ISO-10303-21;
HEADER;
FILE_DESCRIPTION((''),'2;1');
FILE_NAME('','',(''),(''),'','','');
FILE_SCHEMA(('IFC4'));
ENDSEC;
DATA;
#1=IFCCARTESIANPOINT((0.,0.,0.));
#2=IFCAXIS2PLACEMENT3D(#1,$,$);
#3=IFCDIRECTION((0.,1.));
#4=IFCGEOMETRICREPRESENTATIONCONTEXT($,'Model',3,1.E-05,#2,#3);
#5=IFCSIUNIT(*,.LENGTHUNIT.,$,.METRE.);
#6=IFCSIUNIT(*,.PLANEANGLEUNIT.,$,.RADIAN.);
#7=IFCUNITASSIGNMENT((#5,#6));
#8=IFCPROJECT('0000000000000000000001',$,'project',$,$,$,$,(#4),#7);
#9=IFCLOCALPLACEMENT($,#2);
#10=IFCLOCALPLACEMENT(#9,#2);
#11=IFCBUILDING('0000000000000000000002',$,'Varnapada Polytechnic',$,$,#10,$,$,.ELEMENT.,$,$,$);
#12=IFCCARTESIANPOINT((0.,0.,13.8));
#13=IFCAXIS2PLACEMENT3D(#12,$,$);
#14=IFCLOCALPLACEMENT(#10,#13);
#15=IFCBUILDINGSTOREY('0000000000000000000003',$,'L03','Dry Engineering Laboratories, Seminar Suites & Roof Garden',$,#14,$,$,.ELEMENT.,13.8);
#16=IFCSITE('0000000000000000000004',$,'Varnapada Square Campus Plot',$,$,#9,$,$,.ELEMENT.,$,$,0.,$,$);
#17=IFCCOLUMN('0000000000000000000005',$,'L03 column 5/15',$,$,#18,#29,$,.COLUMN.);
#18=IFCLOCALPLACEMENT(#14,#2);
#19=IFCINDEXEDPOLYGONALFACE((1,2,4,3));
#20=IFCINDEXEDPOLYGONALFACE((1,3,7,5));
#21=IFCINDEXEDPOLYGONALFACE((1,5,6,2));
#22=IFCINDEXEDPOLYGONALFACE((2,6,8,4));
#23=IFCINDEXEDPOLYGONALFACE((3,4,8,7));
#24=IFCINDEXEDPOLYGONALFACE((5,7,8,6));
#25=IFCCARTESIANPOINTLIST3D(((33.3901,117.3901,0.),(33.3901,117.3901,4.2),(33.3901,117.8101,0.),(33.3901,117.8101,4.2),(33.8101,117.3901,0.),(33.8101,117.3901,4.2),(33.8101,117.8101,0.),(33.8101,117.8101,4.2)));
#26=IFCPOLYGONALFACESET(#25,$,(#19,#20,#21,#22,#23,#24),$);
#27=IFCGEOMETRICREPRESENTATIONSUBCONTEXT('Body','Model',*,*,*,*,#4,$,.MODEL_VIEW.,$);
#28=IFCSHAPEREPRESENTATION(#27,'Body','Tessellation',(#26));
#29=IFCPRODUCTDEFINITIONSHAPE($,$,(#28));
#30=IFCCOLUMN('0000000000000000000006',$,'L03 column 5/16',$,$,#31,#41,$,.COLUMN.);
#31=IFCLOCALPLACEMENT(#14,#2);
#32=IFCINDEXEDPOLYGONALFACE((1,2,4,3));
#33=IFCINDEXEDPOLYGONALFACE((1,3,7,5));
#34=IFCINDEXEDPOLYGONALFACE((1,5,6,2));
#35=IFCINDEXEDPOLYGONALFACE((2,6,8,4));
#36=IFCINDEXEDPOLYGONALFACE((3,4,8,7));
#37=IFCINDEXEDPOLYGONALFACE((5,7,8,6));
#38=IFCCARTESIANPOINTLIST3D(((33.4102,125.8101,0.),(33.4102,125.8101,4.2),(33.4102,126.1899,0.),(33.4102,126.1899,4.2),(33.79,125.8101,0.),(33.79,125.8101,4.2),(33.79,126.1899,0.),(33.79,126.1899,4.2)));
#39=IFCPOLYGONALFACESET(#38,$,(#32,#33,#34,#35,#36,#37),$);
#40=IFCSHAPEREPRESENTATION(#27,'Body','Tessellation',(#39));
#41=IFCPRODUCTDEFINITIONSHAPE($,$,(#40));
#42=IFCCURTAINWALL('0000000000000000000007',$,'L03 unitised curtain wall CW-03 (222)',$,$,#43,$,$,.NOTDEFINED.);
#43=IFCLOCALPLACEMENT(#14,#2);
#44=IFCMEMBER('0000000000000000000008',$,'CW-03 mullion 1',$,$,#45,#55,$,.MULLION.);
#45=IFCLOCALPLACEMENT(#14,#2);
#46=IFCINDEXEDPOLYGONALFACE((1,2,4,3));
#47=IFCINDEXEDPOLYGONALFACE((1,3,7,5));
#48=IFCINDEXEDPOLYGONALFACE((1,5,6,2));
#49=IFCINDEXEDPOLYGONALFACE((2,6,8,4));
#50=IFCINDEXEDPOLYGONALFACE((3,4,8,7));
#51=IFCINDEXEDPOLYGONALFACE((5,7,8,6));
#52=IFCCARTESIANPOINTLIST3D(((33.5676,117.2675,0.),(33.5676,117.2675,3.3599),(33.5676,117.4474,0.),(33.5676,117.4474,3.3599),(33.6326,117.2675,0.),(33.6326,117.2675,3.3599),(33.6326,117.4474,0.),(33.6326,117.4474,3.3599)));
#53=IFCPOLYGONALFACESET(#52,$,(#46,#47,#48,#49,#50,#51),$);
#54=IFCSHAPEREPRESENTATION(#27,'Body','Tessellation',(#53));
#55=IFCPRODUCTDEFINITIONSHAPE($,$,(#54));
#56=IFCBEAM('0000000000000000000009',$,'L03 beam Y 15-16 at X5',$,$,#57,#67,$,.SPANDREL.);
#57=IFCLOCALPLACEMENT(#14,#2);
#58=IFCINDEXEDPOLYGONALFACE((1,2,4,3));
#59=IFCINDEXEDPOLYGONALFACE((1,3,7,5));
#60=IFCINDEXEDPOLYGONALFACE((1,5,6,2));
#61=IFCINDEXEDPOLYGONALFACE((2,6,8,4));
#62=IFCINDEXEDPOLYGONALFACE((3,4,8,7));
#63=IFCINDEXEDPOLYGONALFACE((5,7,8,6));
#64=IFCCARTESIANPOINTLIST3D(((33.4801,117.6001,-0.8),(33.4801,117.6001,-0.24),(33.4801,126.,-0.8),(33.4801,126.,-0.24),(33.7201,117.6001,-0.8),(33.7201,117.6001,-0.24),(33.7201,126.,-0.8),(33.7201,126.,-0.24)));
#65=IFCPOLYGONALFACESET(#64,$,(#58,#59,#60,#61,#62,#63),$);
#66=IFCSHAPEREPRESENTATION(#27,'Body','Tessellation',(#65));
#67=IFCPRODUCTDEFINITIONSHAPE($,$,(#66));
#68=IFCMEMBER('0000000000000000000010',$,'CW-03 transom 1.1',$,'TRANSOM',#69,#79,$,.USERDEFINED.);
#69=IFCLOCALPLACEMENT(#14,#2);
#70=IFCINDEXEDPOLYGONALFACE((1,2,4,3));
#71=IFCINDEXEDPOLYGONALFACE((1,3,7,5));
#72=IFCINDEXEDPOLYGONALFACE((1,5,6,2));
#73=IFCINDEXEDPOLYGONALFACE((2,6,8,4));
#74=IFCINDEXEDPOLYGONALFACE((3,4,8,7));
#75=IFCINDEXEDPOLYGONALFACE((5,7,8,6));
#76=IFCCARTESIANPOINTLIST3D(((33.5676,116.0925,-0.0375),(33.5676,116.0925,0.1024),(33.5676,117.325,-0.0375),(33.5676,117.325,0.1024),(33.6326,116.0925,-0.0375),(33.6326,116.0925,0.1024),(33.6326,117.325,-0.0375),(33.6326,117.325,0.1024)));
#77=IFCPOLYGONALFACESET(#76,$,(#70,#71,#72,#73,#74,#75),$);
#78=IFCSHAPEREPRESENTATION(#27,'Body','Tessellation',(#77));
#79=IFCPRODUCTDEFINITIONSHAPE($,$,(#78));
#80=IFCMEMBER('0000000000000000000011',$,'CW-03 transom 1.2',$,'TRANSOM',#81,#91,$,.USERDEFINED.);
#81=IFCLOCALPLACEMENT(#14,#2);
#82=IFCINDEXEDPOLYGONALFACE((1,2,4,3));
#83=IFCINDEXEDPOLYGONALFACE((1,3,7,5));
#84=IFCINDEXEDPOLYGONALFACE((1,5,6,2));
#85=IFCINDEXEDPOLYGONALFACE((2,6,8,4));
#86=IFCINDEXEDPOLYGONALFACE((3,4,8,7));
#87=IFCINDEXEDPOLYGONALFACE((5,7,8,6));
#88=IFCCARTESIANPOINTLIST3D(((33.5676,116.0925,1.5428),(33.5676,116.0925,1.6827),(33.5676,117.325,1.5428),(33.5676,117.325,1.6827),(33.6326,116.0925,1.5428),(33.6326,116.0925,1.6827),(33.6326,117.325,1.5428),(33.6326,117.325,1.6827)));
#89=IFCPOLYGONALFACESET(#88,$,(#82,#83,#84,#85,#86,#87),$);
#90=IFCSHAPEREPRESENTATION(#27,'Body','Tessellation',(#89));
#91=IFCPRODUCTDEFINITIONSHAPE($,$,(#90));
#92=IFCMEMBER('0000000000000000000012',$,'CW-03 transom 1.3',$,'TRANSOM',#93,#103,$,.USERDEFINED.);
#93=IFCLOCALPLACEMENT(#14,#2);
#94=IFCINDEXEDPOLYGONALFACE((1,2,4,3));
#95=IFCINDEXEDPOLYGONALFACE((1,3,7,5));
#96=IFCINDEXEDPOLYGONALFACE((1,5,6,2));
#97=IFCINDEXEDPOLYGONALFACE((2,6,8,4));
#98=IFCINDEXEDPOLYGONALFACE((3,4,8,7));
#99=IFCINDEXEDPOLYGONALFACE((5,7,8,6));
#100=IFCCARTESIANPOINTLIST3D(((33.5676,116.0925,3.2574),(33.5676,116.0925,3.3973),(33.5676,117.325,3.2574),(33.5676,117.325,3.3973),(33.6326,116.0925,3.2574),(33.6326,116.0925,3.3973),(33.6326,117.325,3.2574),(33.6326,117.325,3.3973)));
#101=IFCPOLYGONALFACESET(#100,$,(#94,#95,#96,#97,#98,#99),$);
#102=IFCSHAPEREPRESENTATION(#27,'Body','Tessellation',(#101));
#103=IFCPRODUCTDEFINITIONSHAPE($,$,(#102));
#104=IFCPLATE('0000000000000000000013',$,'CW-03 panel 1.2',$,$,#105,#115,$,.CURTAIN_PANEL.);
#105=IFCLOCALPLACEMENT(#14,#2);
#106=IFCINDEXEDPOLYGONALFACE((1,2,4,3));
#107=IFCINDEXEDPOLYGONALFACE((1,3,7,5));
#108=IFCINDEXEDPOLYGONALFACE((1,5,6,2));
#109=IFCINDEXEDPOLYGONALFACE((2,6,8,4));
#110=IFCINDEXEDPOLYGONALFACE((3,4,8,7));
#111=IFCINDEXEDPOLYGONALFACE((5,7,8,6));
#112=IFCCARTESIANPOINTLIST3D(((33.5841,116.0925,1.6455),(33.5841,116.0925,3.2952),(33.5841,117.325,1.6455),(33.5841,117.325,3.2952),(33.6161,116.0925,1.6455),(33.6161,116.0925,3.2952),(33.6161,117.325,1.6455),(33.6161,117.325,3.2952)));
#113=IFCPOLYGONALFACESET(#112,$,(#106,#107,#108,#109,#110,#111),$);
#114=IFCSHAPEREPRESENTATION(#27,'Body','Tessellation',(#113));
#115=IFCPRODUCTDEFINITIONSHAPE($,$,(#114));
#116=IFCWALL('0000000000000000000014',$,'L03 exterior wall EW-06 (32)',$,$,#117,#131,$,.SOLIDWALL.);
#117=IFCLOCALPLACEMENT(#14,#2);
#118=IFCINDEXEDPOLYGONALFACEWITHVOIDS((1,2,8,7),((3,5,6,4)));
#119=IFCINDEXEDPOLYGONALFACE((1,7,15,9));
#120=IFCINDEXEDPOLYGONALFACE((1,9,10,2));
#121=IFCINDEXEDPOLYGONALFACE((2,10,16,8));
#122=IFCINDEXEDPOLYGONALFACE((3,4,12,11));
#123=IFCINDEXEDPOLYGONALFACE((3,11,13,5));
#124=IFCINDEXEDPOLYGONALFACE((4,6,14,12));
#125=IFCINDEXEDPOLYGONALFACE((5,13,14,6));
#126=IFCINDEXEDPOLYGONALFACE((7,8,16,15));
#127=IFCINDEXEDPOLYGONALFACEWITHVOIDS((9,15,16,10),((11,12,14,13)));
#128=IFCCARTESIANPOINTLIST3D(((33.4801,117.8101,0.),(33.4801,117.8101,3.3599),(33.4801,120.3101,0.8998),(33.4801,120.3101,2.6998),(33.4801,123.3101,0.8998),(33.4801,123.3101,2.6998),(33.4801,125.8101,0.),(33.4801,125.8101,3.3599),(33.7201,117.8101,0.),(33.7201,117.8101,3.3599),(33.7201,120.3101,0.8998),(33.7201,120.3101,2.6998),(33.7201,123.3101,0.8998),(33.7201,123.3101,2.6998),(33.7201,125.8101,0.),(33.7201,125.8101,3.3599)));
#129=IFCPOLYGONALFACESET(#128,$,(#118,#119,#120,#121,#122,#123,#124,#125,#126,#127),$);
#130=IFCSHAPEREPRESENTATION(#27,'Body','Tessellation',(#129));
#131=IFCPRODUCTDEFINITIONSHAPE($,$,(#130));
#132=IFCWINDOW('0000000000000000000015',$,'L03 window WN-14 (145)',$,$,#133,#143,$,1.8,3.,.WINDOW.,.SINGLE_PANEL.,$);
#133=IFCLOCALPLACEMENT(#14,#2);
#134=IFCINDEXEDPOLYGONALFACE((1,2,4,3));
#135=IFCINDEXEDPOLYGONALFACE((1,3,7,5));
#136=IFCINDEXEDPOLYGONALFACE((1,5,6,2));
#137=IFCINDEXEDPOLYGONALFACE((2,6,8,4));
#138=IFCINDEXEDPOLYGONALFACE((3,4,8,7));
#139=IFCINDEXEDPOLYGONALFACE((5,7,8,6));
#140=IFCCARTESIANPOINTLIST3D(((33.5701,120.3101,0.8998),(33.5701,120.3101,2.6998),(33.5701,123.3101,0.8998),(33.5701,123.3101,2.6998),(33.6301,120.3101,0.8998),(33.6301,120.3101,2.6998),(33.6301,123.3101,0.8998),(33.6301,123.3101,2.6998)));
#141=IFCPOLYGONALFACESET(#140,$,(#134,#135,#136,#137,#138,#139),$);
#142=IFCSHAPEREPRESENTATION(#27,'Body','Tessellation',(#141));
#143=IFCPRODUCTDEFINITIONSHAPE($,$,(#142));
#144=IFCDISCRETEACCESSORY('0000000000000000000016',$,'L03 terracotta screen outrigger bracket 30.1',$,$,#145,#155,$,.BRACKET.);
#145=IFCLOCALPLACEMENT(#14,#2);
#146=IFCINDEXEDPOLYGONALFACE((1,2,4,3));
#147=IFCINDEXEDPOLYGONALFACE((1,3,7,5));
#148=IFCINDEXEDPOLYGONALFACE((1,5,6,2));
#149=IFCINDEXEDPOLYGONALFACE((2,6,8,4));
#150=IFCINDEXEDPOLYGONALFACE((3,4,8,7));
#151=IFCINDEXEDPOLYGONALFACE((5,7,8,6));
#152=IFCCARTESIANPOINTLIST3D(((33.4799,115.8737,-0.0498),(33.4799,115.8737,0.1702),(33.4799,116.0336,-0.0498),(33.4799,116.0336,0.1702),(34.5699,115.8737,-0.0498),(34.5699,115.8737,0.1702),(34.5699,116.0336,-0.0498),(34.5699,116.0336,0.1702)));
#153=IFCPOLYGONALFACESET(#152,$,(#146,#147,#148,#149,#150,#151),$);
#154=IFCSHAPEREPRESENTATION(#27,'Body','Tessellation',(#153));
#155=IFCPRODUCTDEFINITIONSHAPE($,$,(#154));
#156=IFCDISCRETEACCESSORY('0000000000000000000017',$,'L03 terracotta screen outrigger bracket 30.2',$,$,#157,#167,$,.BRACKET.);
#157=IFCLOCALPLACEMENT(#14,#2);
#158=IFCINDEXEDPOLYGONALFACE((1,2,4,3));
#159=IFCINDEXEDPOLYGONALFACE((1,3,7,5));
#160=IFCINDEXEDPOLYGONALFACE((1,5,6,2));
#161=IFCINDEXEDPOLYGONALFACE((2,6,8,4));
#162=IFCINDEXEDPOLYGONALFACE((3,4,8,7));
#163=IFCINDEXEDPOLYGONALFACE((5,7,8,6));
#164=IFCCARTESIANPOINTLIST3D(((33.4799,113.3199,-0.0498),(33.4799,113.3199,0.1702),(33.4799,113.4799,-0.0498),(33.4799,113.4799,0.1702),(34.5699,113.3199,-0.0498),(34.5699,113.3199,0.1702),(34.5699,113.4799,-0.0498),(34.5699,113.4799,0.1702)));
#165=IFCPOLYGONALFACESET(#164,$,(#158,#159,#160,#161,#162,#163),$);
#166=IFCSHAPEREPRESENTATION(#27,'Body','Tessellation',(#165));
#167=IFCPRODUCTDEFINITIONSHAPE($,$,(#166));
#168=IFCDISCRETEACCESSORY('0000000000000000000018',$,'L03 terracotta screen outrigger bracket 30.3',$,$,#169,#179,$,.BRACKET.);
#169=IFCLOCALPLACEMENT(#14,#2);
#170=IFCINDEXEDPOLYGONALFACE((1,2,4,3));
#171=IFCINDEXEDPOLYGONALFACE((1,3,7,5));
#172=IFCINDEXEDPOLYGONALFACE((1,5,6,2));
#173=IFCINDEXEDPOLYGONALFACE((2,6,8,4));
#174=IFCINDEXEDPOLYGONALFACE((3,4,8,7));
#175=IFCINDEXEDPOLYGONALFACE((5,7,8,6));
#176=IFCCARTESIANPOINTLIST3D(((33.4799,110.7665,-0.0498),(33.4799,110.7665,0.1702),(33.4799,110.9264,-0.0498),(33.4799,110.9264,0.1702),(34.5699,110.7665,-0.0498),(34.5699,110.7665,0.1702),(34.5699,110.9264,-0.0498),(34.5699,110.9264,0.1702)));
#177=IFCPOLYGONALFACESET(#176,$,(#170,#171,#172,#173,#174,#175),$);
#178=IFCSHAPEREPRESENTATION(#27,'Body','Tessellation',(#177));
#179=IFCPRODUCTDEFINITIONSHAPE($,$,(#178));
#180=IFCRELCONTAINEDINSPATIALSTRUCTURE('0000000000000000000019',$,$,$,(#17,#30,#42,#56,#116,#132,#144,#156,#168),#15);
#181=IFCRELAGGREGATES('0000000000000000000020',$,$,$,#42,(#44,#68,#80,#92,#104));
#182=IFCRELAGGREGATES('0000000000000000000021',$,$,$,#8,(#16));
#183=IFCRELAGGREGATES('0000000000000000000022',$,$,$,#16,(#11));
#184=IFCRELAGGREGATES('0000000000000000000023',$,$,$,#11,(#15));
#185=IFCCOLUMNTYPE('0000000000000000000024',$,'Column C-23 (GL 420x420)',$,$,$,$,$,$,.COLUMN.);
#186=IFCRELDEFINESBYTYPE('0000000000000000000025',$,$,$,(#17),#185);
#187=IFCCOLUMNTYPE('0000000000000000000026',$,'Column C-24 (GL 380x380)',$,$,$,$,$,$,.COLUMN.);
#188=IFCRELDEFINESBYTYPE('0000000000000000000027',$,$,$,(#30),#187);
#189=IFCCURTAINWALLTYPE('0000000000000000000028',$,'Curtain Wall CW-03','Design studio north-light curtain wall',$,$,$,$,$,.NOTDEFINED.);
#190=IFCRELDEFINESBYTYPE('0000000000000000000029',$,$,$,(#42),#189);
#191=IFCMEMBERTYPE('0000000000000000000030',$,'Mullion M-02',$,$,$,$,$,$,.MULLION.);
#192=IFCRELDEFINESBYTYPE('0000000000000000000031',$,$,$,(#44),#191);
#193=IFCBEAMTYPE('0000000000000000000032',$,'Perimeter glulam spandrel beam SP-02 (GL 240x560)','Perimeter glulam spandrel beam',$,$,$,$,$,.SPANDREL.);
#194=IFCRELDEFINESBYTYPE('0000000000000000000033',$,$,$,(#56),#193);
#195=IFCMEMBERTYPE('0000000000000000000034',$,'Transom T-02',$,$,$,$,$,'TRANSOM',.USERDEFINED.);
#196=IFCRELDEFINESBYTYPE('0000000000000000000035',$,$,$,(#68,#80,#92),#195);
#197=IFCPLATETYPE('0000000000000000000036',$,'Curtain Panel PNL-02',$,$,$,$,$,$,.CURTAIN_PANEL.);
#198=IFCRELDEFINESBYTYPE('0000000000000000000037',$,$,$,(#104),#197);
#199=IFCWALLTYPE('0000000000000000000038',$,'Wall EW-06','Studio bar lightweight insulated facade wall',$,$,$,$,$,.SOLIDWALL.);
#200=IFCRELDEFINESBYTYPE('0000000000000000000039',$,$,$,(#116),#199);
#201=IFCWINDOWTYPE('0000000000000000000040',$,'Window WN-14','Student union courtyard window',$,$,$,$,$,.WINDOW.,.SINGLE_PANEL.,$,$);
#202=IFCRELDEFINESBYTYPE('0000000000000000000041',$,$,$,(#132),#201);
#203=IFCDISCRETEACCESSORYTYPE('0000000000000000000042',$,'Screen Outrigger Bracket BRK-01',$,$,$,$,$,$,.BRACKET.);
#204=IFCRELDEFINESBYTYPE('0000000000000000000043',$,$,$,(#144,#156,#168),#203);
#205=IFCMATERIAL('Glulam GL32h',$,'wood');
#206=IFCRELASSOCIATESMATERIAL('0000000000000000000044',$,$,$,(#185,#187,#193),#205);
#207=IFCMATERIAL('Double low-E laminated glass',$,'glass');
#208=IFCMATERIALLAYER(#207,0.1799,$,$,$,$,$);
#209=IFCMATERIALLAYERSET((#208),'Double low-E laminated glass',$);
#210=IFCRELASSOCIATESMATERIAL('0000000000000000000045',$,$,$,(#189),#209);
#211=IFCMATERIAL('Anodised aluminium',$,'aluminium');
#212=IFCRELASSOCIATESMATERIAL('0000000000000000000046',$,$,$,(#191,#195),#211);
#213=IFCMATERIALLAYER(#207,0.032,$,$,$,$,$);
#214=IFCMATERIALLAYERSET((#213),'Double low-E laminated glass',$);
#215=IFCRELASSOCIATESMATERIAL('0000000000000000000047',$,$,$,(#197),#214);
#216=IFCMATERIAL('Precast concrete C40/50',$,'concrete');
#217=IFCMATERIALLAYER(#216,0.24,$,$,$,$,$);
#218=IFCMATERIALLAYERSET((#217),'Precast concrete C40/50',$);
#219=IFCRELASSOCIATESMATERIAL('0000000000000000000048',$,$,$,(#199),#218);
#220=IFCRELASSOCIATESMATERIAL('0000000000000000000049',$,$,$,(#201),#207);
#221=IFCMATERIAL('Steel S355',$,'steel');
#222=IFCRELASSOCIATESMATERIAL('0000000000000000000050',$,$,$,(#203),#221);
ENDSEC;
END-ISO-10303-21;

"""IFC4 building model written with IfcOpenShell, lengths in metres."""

from ifc_helpers import new_model, si_unit, direction, frame, frame_2d, origin, origin_2d, place, context, subcontext, project, spatial, rectangle, extrude, material, layer, layer_set, material_profile, profile_set, type_object, element, fill, aggregate, save


model = new_model("IFC4")

# Units and contexts
model_context = context("Model", 3, precision=1e-05, world=origin(), true_north=direction((0.0, 1.0)))
body_context = subcontext(model_context, "Body", "Model", "MODEL_VIEW")
ifc_project = project(units=[si_unit("LENGTHUNIT", "METRE"), si_unit("PLANEANGLEUNIT", "RADIAN")], contexts=[model_context])

# Site, building, storey
site_placement = place(None, origin())
site = spatial("IfcSite", under=ifc_project, at=site_placement, Name="Varnapada Square Campus Plot", CompositionType="ELEMENT", RefElevation=0.0)
building_placement = place(site_placement, origin())
building = spatial("IfcBuilding", under=site, at=building_placement, Name="Varnapada Polytechnic", CompositionType="ELEMENT")
storey_placement = place(building_placement, frame((0.0, 0.0, 13.8)))
storey = spatial("IfcBuildingStorey", under=building, at=storey_placement, Name="L03", Description="Dry Engineering Laboratories, Seminar Suites & Roof Garden", CompositionType="ELEMENT", Elevation=13.8)

# Columns
ifc_material_1 = material(Name="Glulam GL32h", Category="wood")
ifc_material_profile_1 = material_profile(ifc_material_1, rectangle(XDim=0.4199, YDim=0.4199, at=origin_2d()), Name="GL 420x420")
ifc_profile_set_1 = profile_set([ifc_material_profile_1], Name="Glulam GL32h")
column_type_1 = type_object("IfcColumnType", Name="Column C-23 (GL 420x420)", PredefinedType="COLUMN", material=ifc_profile_set_1)
column_1_placement = place(storey_placement, frame((33.6001, 117.6001, 0.0), z_axis=(0.0, 0.0, 1.0), x_axis=(1.0, 0.0, 0.0)))
element("IfcColumn", 1, at=column_1_placement, inside=storey, type_object=column_type_1, Name="L03 column 5/15", PredefinedType="COLUMN", context=body_context, shape_type="SweptSolid", body=[
    extrude(rectangle(XDim=0.4199, YDim=0.4199, at=origin_2d()), origin(), (0.0, 0.0, 1.0), 4.2),
])
ifc_material_profile_2 = material_profile(ifc_material_1, rectangle(XDim=0.3799, YDim=0.3799, at=origin_2d()), Name="GL 380x380")
ifc_profile_set_2 = profile_set([ifc_material_profile_2], Name="Glulam GL32h")
column_type_2 = type_object("IfcColumnType", Name="Column C-24 (GL 380x380)", PredefinedType="COLUMN", material=ifc_profile_set_2)
column_2_placement = place(storey_placement, frame((33.6001, 126.0, 0.0), z_axis=(0.0, 0.0, 1.0), x_axis=(1.0, 0.0, 0.0)))
element("IfcColumn", 2, at=column_2_placement, inside=storey, type_object=column_type_2, Name="L03 column 5/16", PredefinedType="COLUMN", context=body_context, shape_type="SweptSolid", body=[
    extrude(rectangle(XDim=0.3799, YDim=0.3799, at=origin_2d()), origin(), (0.0, 0.0, 1.0), 4.2),
])

# Curtain wall, member
ifc_material_2 = material(Name="Double low-E laminated glass", Category="glass")
ifc_layer_1 = layer(ifc_material_2, 0.1799)
ifc_layer_set_1 = layer_set([ifc_layer_1], Name="Double low-E laminated glass")
curtain_wall_type = type_object("IfcCurtainWallType", Name="Curtain Wall CW-03", Description="Design studio north-light curtain wall", PredefinedType="NOTDEFINED", material=ifc_layer_set_1)
curtain_wall_placement = place(storey_placement, origin())
curtain_wall = element("IfcCurtainWall", 3, at=curtain_wall_placement, inside=storey, type_object=curtain_wall_type, Name="L03 unitised curtain wall CW-03 (222)", PredefinedType="NOTDEFINED")
ifc_material_3 = material(Name="Anodised aluminium", Category="aluminium")
ifc_material_profile_3 = material_profile(ifc_material_3, rectangle(XDim=0.0649, YDim=0.1799, at=origin_2d()), Name="ALU M65x180")
ifc_profile_set_3 = profile_set([ifc_material_profile_3], Name="Anodised aluminium")
member_type_1 = type_object("IfcMemberType", Name="Mullion M-02", PredefinedType="MULLION", material=ifc_profile_set_3)
member_1_placement = place(storey_placement, frame((33.6001, 117.3574, 0.0), z_axis=(0.0, 0.0, 1.0), x_axis=(1.0, 0.0, 0.0)))
member_1 = element("IfcMember", 4, at=member_1_placement, type_object=member_type_1, Name="CW-03 mullion 1", PredefinedType="MULLION", context=body_context, shape_type="SweptSolid", body=[
    extrude(rectangle(XDim=0.0649, YDim=0.1799, at=origin_2d()), origin(), (0.0, 0.0, 1.0), 3.3599),
])

# Beam
ifc_material_profile_4 = material_profile(ifc_material_1, rectangle(XDim=0.24, YDim=0.5601, at=origin_2d()), Name="GL 240x560")
ifc_profile_set_4 = profile_set([ifc_material_profile_4], Name="Glulam GL32h")
beam_type = type_object("IfcBeamType", Name="Perimeter glulam spandrel beam SP-02 (GL 240x560)", Description="Perimeter glulam spandrel beam", PredefinedType="SPANDREL", material=ifc_profile_set_4)
beam_placement = place(storey_placement, frame((33.6001, 117.6001, -0.52), z_axis=(0.0, 1.0, 0.0), x_axis=(-1.0, 0.0, 0.0)))
element("IfcBeam", 5, at=beam_placement, inside=storey, type_object=beam_type, Name="L03 beam Y 15-16 at X5", PredefinedType="SPANDREL", context=body_context, shape_type="SweptSolid", body=[
    extrude(rectangle(XDim=0.24, YDim=0.5601, at=origin_2d()), origin(), (0.0, 0.0, 1.0), 8.3999),
])

# Members
ifc_material_profile_5 = material_profile(ifc_material_3, rectangle(XDim=0.0649, YDim=0.1399, at=origin_2d()), Name="ALU T65x140")
ifc_profile_set_5 = profile_set([ifc_material_profile_5], Name="Anodised aluminium")
member_type_2 = type_object("IfcMemberType", Name="Transom T-02", ElementType="TRANSOM", PredefinedType="USERDEFINED", material=ifc_profile_set_5)
member_2_placement = place(storey_placement, frame((33.6001, 117.325, 0.0325), z_axis=(0.0, -1.0, 0.0), x_axis=(1.0, 0.0, 0.0)))
member_2 = element("IfcMember", 6, at=member_2_placement, type_object=member_type_2, Name="CW-03 transom 1.1", ObjectType="TRANSOM", PredefinedType="USERDEFINED", context=body_context, shape_type="SweptSolid", body=[
    extrude(rectangle(XDim=0.0649, YDim=0.1399, at=origin_2d()), origin(), (0.0, 0.0, 1.0), 1.2324),
])
member_3_placement = place(storey_placement, frame((33.6001, 117.325, 1.6128), z_axis=(0.0, -1.0, 0.0), x_axis=(1.0, 0.0, 0.0)))
member_3 = element("IfcMember", 7, at=member_3_placement, type_object=member_type_2, Name="CW-03 transom 1.2", ObjectType="TRANSOM", PredefinedType="USERDEFINED", context=body_context, shape_type="SweptSolid", body=[
    extrude(rectangle(XDim=0.0649, YDim=0.1399, at=origin_2d()), origin(), (0.0, 0.0, 1.0), 1.2324),
])
member_4_placement = place(storey_placement, frame((33.6001, 117.325, 3.3274), z_axis=(0.0, -1.0, 0.0), x_axis=(1.0, 0.0, 0.0)))
member_4 = element("IfcMember", 8, at=member_4_placement, type_object=member_type_2, Name="CW-03 transom 1.3", ObjectType="TRANSOM", PredefinedType="USERDEFINED", context=body_context, shape_type="SweptSolid", body=[
    extrude(rectangle(XDim=0.0649, YDim=0.1399, at=origin_2d()), origin(), (0.0, 0.0, 1.0), 1.2324),
])

# Plate
ifc_layer_2 = layer(ifc_material_2, 0.032)
ifc_layer_set_2 = layer_set([ifc_layer_2], Name="Double low-E laminated glass")
plate_type = type_object("IfcPlateType", Name="Curtain Panel PNL-02", PredefinedType="CURTAIN_PANEL", material=ifc_layer_set_2)
plate_placement = place(storey_placement, frame((33.6001, 116.7087, 1.6455), z_axis=(0.0, 0.0, 1.0), x_axis=(0.0, -1.0, 0.0)))
plate = element("IfcPlate", 9, at=plate_placement, type_object=plate_type, Name="CW-03 panel 1.2", PredefinedType="CURTAIN_PANEL", context=body_context, shape_type="SweptSolid", body=[
    extrude(rectangle(XDim=1.2324, YDim=0.032, at=origin_2d()), origin(), (0.0, 0.0, 1.0), 1.6497),
])
aggregate(curtain_wall, [member_1, member_2, member_3, member_4, plate])

# Wall, opening, window
ifc_material_4 = material(Name="Precast concrete C40/50", Category="concrete")
ifc_layer_3 = layer(ifc_material_4, 0.24)
ifc_layer_set_3 = layer_set([ifc_layer_3], Name="Precast concrete C40/50")
wall_type = type_object("IfcWallType", Name="Wall EW-06", Description="Studio bar lightweight insulated facade wall", PredefinedType="SOLIDWALL", material=ifc_layer_set_3)
wall_placement = place(storey_placement, frame((33.6001, 125.8101, 0.0), z_axis=(0.0, 0.0, 1.0), x_axis=(0.0, -1.0, 0.0)))
wall = element("IfcWall", 10, at=wall_placement, inside=storey, type_object=wall_type, Name="L03 exterior wall EW-06 (32)", PredefinedType="SOLIDWALL", context=body_context, shape_type="SweptSolid", body=[
    extrude(rectangle(XDim=8.0, YDim=0.24, at=frame_2d((4.0, 0.0))), origin(), (0.0, 0.0, 1.0), 3.3599),
])
opening_placement = place(wall_placement, frame((2.5, 0.0, 0.8999)))
opening = element("IfcOpeningElement", 11, at=opening_placement, cuts=wall, PredefinedType="OPENING", context=body_context, shape_type="SweptSolid", body=[
    extrude(rectangle(XDim=3.0, YDim=1.8, at=frame_2d((1.5, 0.8999))), frame((0.0, 0.1299, 0.0), z_axis=(0.0, -1.0, 0.0), x_axis=(1.0, 0.0, 0.0)), (0.0, 0.0, 1.0), 0.26),
])
window_type = type_object("IfcWindowType", Name="Window WN-14", Description="Student union courtyard window", PartitioningType="SINGLE_PANEL", PredefinedType="WINDOW", material=ifc_material_2)
window_placement = place(opening_placement, origin())
window = element("IfcWindow", 12, at=window_placement, inside=storey, type_object=window_type, Name="L03 window WN-14 (145)", OverallHeight=1.8, OverallWidth=3.0, PartitioningType="SINGLE_PANEL", PredefinedType="WINDOW", context=body_context, shape_type="SweptSolid", body=[
    extrude(rectangle(XDim=3.0, YDim=1.8, at=frame_2d((1.5, 0.8999))), frame((0.0, 0.03, 0.0), z_axis=(0.0, -1.0, 0.0), x_axis=(1.0, 0.0, 0.0)), (0.0, 0.0, 1.0), 0.0601),
])
fill(opening, window)

# Discrete accessories
ifc_material_5 = material(Name="Steel S355", Category="steel")
discrete_accessory_type = type_object("IfcDiscreteAccessoryType", Name="Screen Outrigger Bracket BRK-01", PredefinedType="BRACKET", material=ifc_material_5)
for number, where, z_axis, x_axis, name in (
    (13, (34.0249, 115.9536, -0.0498), (0.0, 0.0, 1.0), (0.0, -1.0, 0.0), "L03 terracotta screen outrigger bracket 30.1"),
    (14, (34.0249, 113.3999, -0.0498), (0.0, 0.0, 1.0), (0.0, -1.0, 0.0), "L03 terracotta screen outrigger bracket 30.2"),
    (15, (34.0249, 110.8464, -0.0498), (0.0, 0.0, 1.0), (0.0, -1.0, 0.0), "L03 terracotta screen outrigger bracket 30.3"),
):
    element("IfcDiscreteAccessory", number, at=place(storey_placement, frame(where, z_axis=z_axis, x_axis=x_axis)), inside=storey, type_object=discrete_accessory_type, Name=name, PredefinedType="BRACKET", context=body_context, shape_type="SweptSolid", body=[
        extrude(rectangle(XDim=0.1599, YDim=1.0901, at=origin_2d()), origin(), (0.0, 0.0, 1.0), 0.22),
    ])

save(model, "model.ifc")
